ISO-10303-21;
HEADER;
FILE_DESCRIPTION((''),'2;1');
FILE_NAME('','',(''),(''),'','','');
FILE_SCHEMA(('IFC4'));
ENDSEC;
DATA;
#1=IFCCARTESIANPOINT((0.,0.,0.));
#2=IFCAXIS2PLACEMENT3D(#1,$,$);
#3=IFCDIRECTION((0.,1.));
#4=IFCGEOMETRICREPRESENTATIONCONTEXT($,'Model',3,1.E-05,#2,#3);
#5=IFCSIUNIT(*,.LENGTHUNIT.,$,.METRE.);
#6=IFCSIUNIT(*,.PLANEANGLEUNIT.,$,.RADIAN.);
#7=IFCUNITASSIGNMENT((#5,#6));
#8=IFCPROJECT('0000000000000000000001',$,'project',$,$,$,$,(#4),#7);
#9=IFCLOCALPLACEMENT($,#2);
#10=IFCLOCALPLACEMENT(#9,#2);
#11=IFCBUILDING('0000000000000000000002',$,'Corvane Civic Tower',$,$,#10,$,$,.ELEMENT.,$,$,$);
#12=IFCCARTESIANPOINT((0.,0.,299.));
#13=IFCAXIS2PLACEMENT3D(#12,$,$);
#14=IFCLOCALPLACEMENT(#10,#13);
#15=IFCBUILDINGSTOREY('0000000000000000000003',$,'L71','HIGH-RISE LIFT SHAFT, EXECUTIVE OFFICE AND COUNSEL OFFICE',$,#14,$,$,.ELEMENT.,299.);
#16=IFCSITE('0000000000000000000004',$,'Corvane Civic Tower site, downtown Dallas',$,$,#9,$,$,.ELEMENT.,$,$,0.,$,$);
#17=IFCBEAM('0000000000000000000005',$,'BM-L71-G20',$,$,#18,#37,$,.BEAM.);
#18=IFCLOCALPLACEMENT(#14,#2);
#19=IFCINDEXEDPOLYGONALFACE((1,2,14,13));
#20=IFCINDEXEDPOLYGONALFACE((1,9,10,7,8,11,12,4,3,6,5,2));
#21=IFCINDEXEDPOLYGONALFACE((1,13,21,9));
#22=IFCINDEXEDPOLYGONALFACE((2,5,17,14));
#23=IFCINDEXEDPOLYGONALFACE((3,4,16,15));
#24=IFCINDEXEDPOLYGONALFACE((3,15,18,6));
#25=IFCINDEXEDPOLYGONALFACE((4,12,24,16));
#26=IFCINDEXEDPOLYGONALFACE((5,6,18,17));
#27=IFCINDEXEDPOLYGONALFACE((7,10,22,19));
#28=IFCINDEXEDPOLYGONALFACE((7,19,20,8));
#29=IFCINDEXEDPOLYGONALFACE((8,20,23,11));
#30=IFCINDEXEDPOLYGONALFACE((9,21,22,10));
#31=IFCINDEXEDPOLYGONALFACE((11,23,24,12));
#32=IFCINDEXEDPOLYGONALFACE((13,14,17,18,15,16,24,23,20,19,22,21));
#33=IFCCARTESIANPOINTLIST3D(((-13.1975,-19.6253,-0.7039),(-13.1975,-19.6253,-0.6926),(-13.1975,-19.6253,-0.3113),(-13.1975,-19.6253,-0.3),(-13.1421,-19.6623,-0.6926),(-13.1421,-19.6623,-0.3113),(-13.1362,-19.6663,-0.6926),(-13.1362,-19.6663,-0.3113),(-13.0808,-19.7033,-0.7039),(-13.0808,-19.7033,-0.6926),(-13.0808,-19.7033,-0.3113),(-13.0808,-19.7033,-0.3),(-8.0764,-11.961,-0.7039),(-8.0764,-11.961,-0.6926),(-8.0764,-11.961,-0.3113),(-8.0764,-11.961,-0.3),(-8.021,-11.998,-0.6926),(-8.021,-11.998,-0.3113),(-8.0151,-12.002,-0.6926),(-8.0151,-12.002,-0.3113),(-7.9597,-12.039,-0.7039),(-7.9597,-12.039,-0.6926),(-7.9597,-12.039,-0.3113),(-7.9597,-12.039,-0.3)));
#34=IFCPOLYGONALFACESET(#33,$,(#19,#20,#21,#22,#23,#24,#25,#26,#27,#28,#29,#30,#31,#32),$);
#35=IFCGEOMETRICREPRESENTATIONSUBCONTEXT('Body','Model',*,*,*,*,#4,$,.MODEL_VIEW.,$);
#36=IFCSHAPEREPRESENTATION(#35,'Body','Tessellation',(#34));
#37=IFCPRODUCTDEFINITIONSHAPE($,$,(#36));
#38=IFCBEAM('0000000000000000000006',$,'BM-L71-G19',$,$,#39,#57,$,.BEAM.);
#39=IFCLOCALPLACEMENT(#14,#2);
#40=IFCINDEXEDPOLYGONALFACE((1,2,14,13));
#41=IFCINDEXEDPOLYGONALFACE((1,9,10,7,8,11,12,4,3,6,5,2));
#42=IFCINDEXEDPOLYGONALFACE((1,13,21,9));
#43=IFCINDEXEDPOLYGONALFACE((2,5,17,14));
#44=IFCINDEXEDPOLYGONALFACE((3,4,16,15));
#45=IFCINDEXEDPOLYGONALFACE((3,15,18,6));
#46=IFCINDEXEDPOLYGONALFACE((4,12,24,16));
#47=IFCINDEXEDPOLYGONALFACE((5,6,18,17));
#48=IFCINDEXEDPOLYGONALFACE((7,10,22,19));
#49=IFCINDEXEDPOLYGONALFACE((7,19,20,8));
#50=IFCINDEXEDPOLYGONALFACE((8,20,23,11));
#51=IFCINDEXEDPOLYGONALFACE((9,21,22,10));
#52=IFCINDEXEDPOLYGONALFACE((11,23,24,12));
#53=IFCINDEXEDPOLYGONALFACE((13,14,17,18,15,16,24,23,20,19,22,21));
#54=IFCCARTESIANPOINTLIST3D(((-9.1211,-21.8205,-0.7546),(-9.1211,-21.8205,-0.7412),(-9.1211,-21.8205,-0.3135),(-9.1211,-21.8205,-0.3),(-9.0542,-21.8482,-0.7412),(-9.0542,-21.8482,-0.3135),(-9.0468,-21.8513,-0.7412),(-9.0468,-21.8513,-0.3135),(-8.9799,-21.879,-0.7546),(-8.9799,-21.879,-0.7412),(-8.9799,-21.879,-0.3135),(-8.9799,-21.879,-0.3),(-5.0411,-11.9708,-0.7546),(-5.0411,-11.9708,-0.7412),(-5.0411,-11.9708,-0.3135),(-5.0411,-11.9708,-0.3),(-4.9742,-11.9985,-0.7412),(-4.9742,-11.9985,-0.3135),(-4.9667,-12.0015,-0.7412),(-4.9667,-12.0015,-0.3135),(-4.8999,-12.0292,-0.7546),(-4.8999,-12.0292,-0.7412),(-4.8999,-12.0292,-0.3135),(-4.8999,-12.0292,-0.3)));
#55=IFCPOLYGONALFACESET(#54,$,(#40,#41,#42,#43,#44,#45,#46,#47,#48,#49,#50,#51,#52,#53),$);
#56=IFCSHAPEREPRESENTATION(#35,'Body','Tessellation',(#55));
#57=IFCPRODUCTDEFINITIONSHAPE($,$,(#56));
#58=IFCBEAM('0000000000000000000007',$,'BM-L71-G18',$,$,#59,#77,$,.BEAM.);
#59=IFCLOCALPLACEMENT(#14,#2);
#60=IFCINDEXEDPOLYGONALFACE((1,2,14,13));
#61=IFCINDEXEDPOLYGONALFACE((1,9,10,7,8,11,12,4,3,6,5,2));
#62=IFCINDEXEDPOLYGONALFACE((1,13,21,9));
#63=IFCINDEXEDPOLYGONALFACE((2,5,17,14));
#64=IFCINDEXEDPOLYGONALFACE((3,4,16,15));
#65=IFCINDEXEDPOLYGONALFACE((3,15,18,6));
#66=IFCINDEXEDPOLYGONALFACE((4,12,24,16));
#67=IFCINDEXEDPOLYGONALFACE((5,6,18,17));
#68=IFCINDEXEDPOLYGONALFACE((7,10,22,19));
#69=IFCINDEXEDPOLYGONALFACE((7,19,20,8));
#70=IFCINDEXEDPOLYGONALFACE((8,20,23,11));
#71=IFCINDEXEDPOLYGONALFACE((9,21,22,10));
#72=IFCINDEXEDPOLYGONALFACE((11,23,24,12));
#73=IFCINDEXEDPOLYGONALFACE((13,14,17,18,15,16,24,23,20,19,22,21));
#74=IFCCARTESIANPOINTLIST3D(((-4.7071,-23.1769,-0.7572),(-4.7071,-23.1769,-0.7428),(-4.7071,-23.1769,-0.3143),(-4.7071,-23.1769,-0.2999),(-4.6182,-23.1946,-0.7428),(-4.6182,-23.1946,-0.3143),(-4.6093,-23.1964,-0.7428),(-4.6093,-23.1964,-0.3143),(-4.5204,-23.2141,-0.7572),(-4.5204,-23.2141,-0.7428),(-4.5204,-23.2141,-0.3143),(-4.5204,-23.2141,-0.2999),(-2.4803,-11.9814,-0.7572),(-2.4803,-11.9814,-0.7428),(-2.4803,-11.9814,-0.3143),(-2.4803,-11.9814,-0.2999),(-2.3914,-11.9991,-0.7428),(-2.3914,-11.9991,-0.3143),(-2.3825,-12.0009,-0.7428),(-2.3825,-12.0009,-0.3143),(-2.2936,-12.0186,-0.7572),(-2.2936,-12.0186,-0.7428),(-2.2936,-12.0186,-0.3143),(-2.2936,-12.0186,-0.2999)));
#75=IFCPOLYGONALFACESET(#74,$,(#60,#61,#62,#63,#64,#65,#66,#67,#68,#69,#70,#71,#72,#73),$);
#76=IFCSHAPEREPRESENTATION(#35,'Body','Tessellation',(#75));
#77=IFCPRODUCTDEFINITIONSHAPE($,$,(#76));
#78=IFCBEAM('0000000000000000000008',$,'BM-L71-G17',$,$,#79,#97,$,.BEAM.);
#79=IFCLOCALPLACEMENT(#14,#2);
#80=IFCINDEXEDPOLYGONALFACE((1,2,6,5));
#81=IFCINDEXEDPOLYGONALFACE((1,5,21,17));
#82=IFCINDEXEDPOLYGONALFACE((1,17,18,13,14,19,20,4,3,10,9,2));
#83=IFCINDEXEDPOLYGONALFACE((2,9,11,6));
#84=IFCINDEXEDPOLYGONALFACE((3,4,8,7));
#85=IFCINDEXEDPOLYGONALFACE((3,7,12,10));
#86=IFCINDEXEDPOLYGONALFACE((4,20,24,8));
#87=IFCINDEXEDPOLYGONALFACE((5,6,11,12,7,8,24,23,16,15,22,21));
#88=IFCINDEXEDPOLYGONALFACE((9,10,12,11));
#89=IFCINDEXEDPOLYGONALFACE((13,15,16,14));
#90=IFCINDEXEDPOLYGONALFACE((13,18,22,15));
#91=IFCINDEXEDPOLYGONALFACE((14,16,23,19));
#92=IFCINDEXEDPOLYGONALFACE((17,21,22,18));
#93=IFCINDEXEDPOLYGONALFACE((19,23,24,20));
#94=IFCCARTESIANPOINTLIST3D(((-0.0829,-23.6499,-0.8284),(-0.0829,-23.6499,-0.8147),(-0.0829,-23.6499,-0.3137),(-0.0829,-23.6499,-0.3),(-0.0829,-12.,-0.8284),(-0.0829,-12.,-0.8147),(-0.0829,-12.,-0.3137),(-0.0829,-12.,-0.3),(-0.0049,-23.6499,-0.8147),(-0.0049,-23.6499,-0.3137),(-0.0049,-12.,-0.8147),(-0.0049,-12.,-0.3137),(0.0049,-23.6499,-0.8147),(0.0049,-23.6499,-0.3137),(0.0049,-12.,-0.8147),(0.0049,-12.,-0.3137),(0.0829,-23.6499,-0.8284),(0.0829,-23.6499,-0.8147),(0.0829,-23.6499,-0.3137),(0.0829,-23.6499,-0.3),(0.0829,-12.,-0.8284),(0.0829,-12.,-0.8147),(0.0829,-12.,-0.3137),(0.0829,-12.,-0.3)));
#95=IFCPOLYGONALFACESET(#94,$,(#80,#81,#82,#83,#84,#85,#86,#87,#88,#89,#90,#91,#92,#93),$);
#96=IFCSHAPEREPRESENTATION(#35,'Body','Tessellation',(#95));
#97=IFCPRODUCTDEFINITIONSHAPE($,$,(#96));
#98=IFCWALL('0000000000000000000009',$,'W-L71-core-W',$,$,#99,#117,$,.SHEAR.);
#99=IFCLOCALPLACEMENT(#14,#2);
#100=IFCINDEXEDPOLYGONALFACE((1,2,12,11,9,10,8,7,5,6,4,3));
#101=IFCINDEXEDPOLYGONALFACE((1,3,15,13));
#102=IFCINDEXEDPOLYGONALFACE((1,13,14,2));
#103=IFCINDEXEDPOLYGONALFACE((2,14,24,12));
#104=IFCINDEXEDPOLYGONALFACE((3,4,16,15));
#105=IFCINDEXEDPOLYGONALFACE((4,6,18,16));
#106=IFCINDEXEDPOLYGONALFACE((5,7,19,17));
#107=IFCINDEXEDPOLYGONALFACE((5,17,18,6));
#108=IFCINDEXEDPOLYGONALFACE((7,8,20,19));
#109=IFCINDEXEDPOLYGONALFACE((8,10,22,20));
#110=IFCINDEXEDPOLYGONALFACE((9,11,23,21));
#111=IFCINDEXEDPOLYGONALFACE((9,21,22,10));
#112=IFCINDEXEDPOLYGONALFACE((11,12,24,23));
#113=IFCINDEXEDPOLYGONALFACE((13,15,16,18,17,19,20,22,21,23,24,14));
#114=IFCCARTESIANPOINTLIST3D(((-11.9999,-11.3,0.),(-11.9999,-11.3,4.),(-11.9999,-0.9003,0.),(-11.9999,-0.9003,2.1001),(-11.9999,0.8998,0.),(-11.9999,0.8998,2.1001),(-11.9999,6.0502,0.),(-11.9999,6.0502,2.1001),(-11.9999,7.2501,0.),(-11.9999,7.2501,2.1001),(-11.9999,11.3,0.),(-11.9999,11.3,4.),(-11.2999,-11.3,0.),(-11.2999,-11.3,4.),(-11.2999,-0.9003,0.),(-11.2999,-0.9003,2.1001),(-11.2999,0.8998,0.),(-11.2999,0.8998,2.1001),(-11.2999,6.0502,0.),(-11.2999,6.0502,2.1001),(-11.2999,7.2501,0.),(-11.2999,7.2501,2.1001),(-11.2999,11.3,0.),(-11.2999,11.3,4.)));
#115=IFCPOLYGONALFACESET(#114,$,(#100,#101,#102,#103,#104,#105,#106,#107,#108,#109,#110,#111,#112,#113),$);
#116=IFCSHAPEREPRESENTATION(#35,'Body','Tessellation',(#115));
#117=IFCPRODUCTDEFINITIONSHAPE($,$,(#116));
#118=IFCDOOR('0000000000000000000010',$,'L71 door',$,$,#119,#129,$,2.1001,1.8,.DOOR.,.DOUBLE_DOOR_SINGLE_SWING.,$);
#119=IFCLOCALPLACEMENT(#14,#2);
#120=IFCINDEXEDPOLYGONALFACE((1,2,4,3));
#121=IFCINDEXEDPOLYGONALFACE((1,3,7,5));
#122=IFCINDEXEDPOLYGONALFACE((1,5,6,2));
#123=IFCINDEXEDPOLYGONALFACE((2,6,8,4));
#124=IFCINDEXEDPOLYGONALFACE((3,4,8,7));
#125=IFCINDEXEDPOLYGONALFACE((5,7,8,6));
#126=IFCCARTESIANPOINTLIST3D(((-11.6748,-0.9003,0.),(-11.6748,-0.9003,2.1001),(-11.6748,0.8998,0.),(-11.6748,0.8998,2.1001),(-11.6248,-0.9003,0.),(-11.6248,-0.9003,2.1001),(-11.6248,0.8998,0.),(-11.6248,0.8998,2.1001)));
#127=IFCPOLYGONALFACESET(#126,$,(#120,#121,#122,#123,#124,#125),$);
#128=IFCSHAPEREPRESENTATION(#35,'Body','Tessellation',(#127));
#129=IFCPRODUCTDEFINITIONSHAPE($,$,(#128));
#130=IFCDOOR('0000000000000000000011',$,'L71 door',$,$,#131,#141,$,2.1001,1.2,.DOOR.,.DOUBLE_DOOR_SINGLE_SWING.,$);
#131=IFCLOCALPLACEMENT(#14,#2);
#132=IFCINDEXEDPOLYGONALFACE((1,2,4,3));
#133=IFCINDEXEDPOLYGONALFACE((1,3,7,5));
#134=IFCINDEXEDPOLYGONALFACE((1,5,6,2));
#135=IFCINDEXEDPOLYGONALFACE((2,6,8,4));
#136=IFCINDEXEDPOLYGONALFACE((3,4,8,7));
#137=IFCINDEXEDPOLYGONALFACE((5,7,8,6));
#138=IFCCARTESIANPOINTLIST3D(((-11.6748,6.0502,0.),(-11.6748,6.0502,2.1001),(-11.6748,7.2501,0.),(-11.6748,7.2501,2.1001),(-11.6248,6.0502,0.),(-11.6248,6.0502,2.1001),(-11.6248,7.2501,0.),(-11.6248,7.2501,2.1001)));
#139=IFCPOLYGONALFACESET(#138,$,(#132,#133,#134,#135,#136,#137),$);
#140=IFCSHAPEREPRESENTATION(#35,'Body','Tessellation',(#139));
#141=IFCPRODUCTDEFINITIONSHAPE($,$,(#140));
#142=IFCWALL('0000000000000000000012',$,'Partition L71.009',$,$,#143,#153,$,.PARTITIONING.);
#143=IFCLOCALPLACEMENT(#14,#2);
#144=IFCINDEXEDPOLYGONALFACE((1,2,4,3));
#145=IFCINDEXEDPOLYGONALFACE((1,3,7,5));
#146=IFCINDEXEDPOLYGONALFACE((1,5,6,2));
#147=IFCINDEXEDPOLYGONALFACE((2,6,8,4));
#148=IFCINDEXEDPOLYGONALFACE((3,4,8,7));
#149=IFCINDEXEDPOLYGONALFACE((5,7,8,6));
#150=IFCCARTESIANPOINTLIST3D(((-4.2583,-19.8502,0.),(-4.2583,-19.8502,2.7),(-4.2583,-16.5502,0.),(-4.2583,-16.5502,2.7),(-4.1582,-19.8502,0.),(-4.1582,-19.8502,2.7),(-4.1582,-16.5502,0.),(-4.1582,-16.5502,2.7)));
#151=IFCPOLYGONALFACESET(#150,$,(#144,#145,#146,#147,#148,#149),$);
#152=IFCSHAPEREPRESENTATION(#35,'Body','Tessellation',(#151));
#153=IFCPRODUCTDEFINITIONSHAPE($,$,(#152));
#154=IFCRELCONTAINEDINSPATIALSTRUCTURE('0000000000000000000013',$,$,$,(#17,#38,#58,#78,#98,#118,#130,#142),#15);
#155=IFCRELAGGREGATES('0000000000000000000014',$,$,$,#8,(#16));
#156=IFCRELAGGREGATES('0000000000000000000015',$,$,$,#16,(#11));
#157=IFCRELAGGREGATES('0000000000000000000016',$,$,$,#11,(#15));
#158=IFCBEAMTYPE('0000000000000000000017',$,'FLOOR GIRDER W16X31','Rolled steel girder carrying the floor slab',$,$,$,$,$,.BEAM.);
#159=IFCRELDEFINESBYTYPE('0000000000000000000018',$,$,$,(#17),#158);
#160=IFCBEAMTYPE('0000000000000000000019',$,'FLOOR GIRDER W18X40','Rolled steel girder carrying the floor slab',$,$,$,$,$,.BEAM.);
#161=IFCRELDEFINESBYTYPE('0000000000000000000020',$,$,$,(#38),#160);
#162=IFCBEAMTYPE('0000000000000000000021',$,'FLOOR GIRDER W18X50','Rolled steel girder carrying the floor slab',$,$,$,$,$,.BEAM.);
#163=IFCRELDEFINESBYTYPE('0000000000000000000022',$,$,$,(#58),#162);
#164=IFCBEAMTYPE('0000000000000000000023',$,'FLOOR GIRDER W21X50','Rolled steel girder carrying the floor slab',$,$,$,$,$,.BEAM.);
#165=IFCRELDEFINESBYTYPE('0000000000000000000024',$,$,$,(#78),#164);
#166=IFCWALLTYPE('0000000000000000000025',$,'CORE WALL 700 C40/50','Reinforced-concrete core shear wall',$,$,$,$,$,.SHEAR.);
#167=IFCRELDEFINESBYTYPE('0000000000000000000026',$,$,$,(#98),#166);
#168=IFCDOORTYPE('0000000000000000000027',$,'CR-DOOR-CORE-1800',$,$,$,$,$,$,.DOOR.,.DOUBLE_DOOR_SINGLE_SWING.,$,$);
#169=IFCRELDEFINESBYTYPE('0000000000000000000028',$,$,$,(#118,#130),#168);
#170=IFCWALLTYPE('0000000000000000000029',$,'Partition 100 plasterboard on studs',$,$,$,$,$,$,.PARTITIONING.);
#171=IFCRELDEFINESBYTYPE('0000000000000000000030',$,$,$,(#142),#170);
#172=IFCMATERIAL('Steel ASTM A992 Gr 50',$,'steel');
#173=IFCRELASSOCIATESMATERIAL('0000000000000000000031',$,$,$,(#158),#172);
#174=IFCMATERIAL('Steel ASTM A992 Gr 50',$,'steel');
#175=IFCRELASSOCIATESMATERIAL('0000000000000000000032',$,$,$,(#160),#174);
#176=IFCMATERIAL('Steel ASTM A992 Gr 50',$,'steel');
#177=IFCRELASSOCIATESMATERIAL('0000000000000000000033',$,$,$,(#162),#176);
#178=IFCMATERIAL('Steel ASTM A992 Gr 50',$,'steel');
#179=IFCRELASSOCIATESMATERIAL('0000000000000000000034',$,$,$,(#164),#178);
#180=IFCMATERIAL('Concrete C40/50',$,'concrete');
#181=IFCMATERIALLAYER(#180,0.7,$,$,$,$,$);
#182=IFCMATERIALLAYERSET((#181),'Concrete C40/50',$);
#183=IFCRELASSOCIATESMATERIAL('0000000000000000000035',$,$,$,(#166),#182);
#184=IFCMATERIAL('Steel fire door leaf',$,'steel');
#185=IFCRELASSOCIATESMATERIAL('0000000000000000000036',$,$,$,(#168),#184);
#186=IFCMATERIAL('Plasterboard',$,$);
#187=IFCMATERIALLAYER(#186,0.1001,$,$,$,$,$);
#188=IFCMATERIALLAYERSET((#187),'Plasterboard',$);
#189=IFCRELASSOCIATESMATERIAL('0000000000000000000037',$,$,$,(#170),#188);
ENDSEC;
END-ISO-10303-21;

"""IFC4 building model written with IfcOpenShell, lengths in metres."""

from ifc_helpers import new_model, si_unit, direction, frame, frame_2d, origin, origin_2d, place, context, subcontext, project, spatial, rectangle, i_section, extrude, material, layer, layer_set, material_profile, profile_set, type_object, element, fill, save


model = new_model("IFC4")

# Units and contexts
model_context = context("Model", 3, precision=1e-05, world=origin(), true_north=direction((0.0, 1.0)))
body_context = subcontext(model_context, "Body", "Model", "MODEL_VIEW")
ifc_project = project(units=[si_unit("LENGTHUNIT", "METRE"), si_unit("PLANEANGLEUNIT", "RADIAN")], contexts=[model_context])

# Site, building, storey
site_placement = place(None, origin())
site = spatial("IfcSite", under=ifc_project, at=site_placement, Name="Corvane Civic Tower site, downtown Dallas", CompositionType="ELEMENT", RefElevation=0.0)
building_placement = place(site_placement, origin())
building = spatial("IfcBuilding", under=site, at=building_placement, Name="Corvane Civic Tower", CompositionType="ELEMENT")
storey_placement = place(building_placement, frame((0.0, 0.0, 299.0)))
storey = spatial("IfcBuildingStorey", under=building, at=storey_placement, Name="L71", Description="HIGH-RISE LIFT SHAFT, EXECUTIVE OFFICE AND COUNSEL OFFICE", CompositionType="ELEMENT", Elevation=299.0)

# Beams
ifc_material_1 = material(Name="Steel ASTM A992 Gr 50", Category="steel")
ifc_material_profile_1 = material_profile(ifc_material_1, i_section(OverallWidth=0.1404, OverallDepth=0.4038, WebThickness=0.0071, FlangeThickness=0.0112, at=origin_2d()), Name="W16X31")
ifc_profile_set_1 = profile_set([ifc_material_profile_1], Name="Steel ASTM A992 Gr 50")
beam_type_1 = type_object("IfcBeamType", Name="FLOOR GIRDER W16X31", Description="Rolled steel girder carrying the floor slab", PredefinedType="BEAM", material=ifc_profile_set_1)
beam_1_placement = place(storey_placement, frame((-8.0181, -12.0, -0.502), z_axis=(-0.555568, -0.831471, 0.0), x_axis=(0.831471, -0.555568, 0.0)))
element("IfcBeam", 1, at=beam_1_placement, inside=storey, type_object=beam_type_1, Name="BM-L71-G20", PredefinedType="BEAM", context=body_context, shape_type="SweptSolid", body=[
    extrude(i_section(OverallWidth=0.1404, OverallDepth=0.4038, WebThickness=0.0071, FlangeThickness=0.0112, at=origin_2d()), origin(), (0.0, 0.0, 1.0), 9.2178),
])
ifc_material_2 = material(Name="Steel ASTM A992 Gr 50", Category="steel")
ifc_material_profile_2 = material_profile(ifc_material_2, i_section(OverallWidth=0.1528, OverallDepth=0.4546, WebThickness=0.0081, FlangeThickness=0.0134, at=origin_2d()), Name="W18X40")
ifc_profile_set_2 = profile_set([ifc_material_profile_2], Name="Steel ASTM A992 Gr 50")
beam_type_2 = type_object("IfcBeamType", Name="FLOOR GIRDER W18X40", Description="Rolled steel girder carrying the floor slab", PredefinedType="BEAM", material=ifc_profile_set_2)
beam_2_placement = place(storey_placement, frame((-4.9705, -12.0, -0.5273), z_axis=(-0.382694, -0.923875, 0.0), x_axis=(0.923875, -0.382694, 0.0)))
element("IfcBeam", 2, at=beam_2_placement, inside=storey, type_object=beam_type_2, Name="BM-L71-G19", PredefinedType="BEAM", context=body_context, shape_type="SweptSolid", body=[
    extrude(i_section(OverallWidth=0.1528, OverallDepth=0.4546, WebThickness=0.0081, FlangeThickness=0.0134, at=origin_2d()), origin(), (0.0, 0.0, 1.0), 10.6614),
])
ifc_material_3 = material(Name="Steel ASTM A992 Gr 50", Category="steel")
ifc_material_profile_3 = material_profile(ifc_material_3, i_section(OverallWidth=0.1904, OverallDepth=0.4573, WebThickness=0.009, FlangeThickness=0.0144, at=origin_2d()), Name="W18X50")
ifc_profile_set_3 = profile_set([ifc_material_profile_3], Name="Steel ASTM A992 Gr 50")
beam_type_3 = type_object("IfcBeamType", Name="FLOOR GIRDER W18X50", Description="Rolled steel girder carrying the floor slab", PredefinedType="BEAM", material=ifc_profile_set_3)
beam_3_placement = place(storey_placement, frame((-2.387, -12.0, -0.5286), z_axis=(-0.19508, -0.980787, 0.0), x_axis=(0.980787, -0.19508, 0.0)))
element("IfcBeam", 3, at=beam_3_placement, inside=storey, type_object=beam_type_3, Name="BM-L71-G18", PredefinedType="BEAM", context=body_context, shape_type="SweptSolid", body=[
    extrude(i_section(OverallWidth=0.1904, OverallDepth=0.4573, WebThickness=0.009, FlangeThickness=0.0144, at=origin_2d()), origin(), (0.0, 0.0, 1.0), 11.4148),
])
ifc_material_4 = material(Name="Steel ASTM A992 Gr 50", Category="steel")
ifc_material_profile_4 = material_profile(ifc_material_4, i_section(OverallWidth=0.1658, OverallDepth=0.5283, WebThickness=0.0098, FlangeThickness=0.0137, at=origin_2d()), Name="W21X50")
ifc_profile_set_4 = profile_set([ifc_material_profile_4], Name="Steel ASTM A992 Gr 50")
beam_type_4 = type_object("IfcBeamType", Name="FLOOR GIRDER W21X50", Description="Rolled steel girder carrying the floor slab", PredefinedType="BEAM", material=ifc_profile_set_4)
beam_4_placement = place(storey_placement, frame((0.0, -12.0, -0.5642), z_axis=(0.0, -1.0, 0.0), x_axis=(1.0, 0.0, 0.0)))
element("IfcBeam", 4, at=beam_4_placement, inside=storey, type_object=beam_type_4, Name="BM-L71-G17", PredefinedType="BEAM", context=body_context, shape_type="SweptSolid", body=[
    extrude(i_section(OverallWidth=0.1658, OverallDepth=0.5283, WebThickness=0.0098, FlangeThickness=0.0137, at=origin_2d()), origin(), (0.0, 0.0, 1.0), 11.6499),
])

# Wall, openings, doors
ifc_material_5 = material(Name="Concrete C40/50", Category="concrete")
ifc_layer_1 = layer(ifc_material_5, 0.7)
ifc_layer_set_1 = layer_set([ifc_layer_1], Name="Concrete C40/50")
wall_type_1 = type_object("IfcWallType", Name="CORE WALL 700 C40/50", Description="Reinforced-concrete core shear wall", PredefinedType="SHEAR", material=ifc_layer_set_1)
wall_1_placement = place(storey_placement, frame((-11.6499, -11.3, 0.0), z_axis=(0.0, 0.0, 1.0), x_axis=(0.0, 1.0, 0.0)))
wall_1 = element("IfcWall", 5, at=wall_1_placement, inside=storey, type_object=wall_type_1, Name="W-L71-core-W", PredefinedType="SHEAR", context=body_context, shape_type="SweptSolid", body=[
    extrude(rectangle(XDim=22.6001, YDim=0.7, at=frame_2d((11.3, 0.0))), origin(), (0.0, 0.0, 1.0), 4.0),
])
opening_1_placement = place(wall_1_placement, frame((10.3999, 0.0, 0.0)))
opening_1 = element("IfcOpeningElement", 6, at=opening_1_placement, cuts=wall_1, PredefinedType="OPENING", context=body_context, shape_type="SweptSolid", body=[
    extrude(rectangle(XDim=1.8, YDim=2.1001, at=frame_2d((0.8999, 1.05))), frame((0.0, 0.3599, 0.0), z_axis=(0.0, -1.0, 0.0), x_axis=(1.0, 0.0, 0.0)), (0.0, 0.0, 1.0), 0.72),
])
opening_2_placement = place(wall_1_placement, frame((17.3501, 0.0, 0.0)))
opening_2 = element("IfcOpeningElement", 7, at=opening_2_placement, cuts=wall_1, PredefinedType="OPENING", context=body_context, shape_type="SweptSolid", body=[
    extrude(rectangle(XDim=1.2, YDim=2.1001, at=frame_2d((0.6001, 1.05))), frame((0.0, 0.3599, 0.0), z_axis=(0.0, -1.0, 0.0), x_axis=(1.0, 0.0, 0.0)), (0.0, 0.0, 1.0), 0.72),
])
ifc_material_6 = material(Name="Steel fire door leaf", Category="steel")
door_type_1 = type_object("IfcDoorType", Name="CR-DOOR-CORE-1800", OperationType="DOUBLE_DOOR_SINGLE_SWING", PredefinedType="DOOR", material=ifc_material_6)
door_1_placement = place(opening_1_placement, origin())
door_1 = element("IfcDoor", 8, at=door_1_placement, inside=storey, type_object=door_type_1, Name="L71 door", OperationType="DOUBLE_DOOR_SINGLE_SWING", OverallHeight=2.1001, OverallWidth=1.8, PredefinedType="DOOR", context=body_context, shape_type="SweptSolid", body=[
    extrude(rectangle(XDim=1.8, YDim=2.1001, at=frame_2d((0.8999, 1.05))), frame((0.0, 0.0249, 0.0), z_axis=(0.0, -1.0, 0.0), x_axis=(1.0, 0.0, 0.0)), (0.0, 0.0, 1.0), 0.05),
])
fill(opening_1, door_1)
door_2_placement = place(opening_2_placement, origin())
door_2 = element("IfcDoor", 9, at=door_2_placement, inside=storey, type_object=door_type_1, Name="L71 door", OperationType="DOUBLE_DOOR_SINGLE_SWING", OverallHeight=2.1001, OverallWidth=1.2, PredefinedType="DOOR", context=body_context, shape_type="SweptSolid", body=[
    extrude(rectangle(XDim=1.2, YDim=2.1001, at=frame_2d((0.6001, 1.05))), frame((0.0, 0.0249, 0.0), z_axis=(0.0, -1.0, 0.0), x_axis=(1.0, 0.0, 0.0)), (0.0, 0.0, 1.0), 0.05),
])
fill(opening_2, door_2)

# Wall
ifc_material_7 = material(Name="Plasterboard")
ifc_layer_2 = layer(ifc_material_7, 0.1001)
ifc_layer_set_2 = layer_set([ifc_layer_2], Name="Plasterboard")
wall_type_2 = type_object("IfcWallType", Name="Partition 100 plasterboard on studs", PredefinedType="PARTITIONING", material=ifc_layer_set_2)
wall_2_placement = place(storey_placement, frame((-4.2083, -19.8501, 0.0), z_axis=(0.0, 0.0, 1.0), x_axis=(0.0, 1.0, 0.0)))
element("IfcWall", 10, at=wall_2_placement, inside=storey, type_object=wall_type_2, Name="Partition L71.009", PredefinedType="PARTITIONING", context=body_context, shape_type="SweptSolid", body=[
    extrude(rectangle(XDim=3.3, YDim=0.1001, at=frame_2d((1.6499, 0.0))), origin(), (0.0, 0.0, 1.0), 2.7),
])

save(model, "model.ifc")
